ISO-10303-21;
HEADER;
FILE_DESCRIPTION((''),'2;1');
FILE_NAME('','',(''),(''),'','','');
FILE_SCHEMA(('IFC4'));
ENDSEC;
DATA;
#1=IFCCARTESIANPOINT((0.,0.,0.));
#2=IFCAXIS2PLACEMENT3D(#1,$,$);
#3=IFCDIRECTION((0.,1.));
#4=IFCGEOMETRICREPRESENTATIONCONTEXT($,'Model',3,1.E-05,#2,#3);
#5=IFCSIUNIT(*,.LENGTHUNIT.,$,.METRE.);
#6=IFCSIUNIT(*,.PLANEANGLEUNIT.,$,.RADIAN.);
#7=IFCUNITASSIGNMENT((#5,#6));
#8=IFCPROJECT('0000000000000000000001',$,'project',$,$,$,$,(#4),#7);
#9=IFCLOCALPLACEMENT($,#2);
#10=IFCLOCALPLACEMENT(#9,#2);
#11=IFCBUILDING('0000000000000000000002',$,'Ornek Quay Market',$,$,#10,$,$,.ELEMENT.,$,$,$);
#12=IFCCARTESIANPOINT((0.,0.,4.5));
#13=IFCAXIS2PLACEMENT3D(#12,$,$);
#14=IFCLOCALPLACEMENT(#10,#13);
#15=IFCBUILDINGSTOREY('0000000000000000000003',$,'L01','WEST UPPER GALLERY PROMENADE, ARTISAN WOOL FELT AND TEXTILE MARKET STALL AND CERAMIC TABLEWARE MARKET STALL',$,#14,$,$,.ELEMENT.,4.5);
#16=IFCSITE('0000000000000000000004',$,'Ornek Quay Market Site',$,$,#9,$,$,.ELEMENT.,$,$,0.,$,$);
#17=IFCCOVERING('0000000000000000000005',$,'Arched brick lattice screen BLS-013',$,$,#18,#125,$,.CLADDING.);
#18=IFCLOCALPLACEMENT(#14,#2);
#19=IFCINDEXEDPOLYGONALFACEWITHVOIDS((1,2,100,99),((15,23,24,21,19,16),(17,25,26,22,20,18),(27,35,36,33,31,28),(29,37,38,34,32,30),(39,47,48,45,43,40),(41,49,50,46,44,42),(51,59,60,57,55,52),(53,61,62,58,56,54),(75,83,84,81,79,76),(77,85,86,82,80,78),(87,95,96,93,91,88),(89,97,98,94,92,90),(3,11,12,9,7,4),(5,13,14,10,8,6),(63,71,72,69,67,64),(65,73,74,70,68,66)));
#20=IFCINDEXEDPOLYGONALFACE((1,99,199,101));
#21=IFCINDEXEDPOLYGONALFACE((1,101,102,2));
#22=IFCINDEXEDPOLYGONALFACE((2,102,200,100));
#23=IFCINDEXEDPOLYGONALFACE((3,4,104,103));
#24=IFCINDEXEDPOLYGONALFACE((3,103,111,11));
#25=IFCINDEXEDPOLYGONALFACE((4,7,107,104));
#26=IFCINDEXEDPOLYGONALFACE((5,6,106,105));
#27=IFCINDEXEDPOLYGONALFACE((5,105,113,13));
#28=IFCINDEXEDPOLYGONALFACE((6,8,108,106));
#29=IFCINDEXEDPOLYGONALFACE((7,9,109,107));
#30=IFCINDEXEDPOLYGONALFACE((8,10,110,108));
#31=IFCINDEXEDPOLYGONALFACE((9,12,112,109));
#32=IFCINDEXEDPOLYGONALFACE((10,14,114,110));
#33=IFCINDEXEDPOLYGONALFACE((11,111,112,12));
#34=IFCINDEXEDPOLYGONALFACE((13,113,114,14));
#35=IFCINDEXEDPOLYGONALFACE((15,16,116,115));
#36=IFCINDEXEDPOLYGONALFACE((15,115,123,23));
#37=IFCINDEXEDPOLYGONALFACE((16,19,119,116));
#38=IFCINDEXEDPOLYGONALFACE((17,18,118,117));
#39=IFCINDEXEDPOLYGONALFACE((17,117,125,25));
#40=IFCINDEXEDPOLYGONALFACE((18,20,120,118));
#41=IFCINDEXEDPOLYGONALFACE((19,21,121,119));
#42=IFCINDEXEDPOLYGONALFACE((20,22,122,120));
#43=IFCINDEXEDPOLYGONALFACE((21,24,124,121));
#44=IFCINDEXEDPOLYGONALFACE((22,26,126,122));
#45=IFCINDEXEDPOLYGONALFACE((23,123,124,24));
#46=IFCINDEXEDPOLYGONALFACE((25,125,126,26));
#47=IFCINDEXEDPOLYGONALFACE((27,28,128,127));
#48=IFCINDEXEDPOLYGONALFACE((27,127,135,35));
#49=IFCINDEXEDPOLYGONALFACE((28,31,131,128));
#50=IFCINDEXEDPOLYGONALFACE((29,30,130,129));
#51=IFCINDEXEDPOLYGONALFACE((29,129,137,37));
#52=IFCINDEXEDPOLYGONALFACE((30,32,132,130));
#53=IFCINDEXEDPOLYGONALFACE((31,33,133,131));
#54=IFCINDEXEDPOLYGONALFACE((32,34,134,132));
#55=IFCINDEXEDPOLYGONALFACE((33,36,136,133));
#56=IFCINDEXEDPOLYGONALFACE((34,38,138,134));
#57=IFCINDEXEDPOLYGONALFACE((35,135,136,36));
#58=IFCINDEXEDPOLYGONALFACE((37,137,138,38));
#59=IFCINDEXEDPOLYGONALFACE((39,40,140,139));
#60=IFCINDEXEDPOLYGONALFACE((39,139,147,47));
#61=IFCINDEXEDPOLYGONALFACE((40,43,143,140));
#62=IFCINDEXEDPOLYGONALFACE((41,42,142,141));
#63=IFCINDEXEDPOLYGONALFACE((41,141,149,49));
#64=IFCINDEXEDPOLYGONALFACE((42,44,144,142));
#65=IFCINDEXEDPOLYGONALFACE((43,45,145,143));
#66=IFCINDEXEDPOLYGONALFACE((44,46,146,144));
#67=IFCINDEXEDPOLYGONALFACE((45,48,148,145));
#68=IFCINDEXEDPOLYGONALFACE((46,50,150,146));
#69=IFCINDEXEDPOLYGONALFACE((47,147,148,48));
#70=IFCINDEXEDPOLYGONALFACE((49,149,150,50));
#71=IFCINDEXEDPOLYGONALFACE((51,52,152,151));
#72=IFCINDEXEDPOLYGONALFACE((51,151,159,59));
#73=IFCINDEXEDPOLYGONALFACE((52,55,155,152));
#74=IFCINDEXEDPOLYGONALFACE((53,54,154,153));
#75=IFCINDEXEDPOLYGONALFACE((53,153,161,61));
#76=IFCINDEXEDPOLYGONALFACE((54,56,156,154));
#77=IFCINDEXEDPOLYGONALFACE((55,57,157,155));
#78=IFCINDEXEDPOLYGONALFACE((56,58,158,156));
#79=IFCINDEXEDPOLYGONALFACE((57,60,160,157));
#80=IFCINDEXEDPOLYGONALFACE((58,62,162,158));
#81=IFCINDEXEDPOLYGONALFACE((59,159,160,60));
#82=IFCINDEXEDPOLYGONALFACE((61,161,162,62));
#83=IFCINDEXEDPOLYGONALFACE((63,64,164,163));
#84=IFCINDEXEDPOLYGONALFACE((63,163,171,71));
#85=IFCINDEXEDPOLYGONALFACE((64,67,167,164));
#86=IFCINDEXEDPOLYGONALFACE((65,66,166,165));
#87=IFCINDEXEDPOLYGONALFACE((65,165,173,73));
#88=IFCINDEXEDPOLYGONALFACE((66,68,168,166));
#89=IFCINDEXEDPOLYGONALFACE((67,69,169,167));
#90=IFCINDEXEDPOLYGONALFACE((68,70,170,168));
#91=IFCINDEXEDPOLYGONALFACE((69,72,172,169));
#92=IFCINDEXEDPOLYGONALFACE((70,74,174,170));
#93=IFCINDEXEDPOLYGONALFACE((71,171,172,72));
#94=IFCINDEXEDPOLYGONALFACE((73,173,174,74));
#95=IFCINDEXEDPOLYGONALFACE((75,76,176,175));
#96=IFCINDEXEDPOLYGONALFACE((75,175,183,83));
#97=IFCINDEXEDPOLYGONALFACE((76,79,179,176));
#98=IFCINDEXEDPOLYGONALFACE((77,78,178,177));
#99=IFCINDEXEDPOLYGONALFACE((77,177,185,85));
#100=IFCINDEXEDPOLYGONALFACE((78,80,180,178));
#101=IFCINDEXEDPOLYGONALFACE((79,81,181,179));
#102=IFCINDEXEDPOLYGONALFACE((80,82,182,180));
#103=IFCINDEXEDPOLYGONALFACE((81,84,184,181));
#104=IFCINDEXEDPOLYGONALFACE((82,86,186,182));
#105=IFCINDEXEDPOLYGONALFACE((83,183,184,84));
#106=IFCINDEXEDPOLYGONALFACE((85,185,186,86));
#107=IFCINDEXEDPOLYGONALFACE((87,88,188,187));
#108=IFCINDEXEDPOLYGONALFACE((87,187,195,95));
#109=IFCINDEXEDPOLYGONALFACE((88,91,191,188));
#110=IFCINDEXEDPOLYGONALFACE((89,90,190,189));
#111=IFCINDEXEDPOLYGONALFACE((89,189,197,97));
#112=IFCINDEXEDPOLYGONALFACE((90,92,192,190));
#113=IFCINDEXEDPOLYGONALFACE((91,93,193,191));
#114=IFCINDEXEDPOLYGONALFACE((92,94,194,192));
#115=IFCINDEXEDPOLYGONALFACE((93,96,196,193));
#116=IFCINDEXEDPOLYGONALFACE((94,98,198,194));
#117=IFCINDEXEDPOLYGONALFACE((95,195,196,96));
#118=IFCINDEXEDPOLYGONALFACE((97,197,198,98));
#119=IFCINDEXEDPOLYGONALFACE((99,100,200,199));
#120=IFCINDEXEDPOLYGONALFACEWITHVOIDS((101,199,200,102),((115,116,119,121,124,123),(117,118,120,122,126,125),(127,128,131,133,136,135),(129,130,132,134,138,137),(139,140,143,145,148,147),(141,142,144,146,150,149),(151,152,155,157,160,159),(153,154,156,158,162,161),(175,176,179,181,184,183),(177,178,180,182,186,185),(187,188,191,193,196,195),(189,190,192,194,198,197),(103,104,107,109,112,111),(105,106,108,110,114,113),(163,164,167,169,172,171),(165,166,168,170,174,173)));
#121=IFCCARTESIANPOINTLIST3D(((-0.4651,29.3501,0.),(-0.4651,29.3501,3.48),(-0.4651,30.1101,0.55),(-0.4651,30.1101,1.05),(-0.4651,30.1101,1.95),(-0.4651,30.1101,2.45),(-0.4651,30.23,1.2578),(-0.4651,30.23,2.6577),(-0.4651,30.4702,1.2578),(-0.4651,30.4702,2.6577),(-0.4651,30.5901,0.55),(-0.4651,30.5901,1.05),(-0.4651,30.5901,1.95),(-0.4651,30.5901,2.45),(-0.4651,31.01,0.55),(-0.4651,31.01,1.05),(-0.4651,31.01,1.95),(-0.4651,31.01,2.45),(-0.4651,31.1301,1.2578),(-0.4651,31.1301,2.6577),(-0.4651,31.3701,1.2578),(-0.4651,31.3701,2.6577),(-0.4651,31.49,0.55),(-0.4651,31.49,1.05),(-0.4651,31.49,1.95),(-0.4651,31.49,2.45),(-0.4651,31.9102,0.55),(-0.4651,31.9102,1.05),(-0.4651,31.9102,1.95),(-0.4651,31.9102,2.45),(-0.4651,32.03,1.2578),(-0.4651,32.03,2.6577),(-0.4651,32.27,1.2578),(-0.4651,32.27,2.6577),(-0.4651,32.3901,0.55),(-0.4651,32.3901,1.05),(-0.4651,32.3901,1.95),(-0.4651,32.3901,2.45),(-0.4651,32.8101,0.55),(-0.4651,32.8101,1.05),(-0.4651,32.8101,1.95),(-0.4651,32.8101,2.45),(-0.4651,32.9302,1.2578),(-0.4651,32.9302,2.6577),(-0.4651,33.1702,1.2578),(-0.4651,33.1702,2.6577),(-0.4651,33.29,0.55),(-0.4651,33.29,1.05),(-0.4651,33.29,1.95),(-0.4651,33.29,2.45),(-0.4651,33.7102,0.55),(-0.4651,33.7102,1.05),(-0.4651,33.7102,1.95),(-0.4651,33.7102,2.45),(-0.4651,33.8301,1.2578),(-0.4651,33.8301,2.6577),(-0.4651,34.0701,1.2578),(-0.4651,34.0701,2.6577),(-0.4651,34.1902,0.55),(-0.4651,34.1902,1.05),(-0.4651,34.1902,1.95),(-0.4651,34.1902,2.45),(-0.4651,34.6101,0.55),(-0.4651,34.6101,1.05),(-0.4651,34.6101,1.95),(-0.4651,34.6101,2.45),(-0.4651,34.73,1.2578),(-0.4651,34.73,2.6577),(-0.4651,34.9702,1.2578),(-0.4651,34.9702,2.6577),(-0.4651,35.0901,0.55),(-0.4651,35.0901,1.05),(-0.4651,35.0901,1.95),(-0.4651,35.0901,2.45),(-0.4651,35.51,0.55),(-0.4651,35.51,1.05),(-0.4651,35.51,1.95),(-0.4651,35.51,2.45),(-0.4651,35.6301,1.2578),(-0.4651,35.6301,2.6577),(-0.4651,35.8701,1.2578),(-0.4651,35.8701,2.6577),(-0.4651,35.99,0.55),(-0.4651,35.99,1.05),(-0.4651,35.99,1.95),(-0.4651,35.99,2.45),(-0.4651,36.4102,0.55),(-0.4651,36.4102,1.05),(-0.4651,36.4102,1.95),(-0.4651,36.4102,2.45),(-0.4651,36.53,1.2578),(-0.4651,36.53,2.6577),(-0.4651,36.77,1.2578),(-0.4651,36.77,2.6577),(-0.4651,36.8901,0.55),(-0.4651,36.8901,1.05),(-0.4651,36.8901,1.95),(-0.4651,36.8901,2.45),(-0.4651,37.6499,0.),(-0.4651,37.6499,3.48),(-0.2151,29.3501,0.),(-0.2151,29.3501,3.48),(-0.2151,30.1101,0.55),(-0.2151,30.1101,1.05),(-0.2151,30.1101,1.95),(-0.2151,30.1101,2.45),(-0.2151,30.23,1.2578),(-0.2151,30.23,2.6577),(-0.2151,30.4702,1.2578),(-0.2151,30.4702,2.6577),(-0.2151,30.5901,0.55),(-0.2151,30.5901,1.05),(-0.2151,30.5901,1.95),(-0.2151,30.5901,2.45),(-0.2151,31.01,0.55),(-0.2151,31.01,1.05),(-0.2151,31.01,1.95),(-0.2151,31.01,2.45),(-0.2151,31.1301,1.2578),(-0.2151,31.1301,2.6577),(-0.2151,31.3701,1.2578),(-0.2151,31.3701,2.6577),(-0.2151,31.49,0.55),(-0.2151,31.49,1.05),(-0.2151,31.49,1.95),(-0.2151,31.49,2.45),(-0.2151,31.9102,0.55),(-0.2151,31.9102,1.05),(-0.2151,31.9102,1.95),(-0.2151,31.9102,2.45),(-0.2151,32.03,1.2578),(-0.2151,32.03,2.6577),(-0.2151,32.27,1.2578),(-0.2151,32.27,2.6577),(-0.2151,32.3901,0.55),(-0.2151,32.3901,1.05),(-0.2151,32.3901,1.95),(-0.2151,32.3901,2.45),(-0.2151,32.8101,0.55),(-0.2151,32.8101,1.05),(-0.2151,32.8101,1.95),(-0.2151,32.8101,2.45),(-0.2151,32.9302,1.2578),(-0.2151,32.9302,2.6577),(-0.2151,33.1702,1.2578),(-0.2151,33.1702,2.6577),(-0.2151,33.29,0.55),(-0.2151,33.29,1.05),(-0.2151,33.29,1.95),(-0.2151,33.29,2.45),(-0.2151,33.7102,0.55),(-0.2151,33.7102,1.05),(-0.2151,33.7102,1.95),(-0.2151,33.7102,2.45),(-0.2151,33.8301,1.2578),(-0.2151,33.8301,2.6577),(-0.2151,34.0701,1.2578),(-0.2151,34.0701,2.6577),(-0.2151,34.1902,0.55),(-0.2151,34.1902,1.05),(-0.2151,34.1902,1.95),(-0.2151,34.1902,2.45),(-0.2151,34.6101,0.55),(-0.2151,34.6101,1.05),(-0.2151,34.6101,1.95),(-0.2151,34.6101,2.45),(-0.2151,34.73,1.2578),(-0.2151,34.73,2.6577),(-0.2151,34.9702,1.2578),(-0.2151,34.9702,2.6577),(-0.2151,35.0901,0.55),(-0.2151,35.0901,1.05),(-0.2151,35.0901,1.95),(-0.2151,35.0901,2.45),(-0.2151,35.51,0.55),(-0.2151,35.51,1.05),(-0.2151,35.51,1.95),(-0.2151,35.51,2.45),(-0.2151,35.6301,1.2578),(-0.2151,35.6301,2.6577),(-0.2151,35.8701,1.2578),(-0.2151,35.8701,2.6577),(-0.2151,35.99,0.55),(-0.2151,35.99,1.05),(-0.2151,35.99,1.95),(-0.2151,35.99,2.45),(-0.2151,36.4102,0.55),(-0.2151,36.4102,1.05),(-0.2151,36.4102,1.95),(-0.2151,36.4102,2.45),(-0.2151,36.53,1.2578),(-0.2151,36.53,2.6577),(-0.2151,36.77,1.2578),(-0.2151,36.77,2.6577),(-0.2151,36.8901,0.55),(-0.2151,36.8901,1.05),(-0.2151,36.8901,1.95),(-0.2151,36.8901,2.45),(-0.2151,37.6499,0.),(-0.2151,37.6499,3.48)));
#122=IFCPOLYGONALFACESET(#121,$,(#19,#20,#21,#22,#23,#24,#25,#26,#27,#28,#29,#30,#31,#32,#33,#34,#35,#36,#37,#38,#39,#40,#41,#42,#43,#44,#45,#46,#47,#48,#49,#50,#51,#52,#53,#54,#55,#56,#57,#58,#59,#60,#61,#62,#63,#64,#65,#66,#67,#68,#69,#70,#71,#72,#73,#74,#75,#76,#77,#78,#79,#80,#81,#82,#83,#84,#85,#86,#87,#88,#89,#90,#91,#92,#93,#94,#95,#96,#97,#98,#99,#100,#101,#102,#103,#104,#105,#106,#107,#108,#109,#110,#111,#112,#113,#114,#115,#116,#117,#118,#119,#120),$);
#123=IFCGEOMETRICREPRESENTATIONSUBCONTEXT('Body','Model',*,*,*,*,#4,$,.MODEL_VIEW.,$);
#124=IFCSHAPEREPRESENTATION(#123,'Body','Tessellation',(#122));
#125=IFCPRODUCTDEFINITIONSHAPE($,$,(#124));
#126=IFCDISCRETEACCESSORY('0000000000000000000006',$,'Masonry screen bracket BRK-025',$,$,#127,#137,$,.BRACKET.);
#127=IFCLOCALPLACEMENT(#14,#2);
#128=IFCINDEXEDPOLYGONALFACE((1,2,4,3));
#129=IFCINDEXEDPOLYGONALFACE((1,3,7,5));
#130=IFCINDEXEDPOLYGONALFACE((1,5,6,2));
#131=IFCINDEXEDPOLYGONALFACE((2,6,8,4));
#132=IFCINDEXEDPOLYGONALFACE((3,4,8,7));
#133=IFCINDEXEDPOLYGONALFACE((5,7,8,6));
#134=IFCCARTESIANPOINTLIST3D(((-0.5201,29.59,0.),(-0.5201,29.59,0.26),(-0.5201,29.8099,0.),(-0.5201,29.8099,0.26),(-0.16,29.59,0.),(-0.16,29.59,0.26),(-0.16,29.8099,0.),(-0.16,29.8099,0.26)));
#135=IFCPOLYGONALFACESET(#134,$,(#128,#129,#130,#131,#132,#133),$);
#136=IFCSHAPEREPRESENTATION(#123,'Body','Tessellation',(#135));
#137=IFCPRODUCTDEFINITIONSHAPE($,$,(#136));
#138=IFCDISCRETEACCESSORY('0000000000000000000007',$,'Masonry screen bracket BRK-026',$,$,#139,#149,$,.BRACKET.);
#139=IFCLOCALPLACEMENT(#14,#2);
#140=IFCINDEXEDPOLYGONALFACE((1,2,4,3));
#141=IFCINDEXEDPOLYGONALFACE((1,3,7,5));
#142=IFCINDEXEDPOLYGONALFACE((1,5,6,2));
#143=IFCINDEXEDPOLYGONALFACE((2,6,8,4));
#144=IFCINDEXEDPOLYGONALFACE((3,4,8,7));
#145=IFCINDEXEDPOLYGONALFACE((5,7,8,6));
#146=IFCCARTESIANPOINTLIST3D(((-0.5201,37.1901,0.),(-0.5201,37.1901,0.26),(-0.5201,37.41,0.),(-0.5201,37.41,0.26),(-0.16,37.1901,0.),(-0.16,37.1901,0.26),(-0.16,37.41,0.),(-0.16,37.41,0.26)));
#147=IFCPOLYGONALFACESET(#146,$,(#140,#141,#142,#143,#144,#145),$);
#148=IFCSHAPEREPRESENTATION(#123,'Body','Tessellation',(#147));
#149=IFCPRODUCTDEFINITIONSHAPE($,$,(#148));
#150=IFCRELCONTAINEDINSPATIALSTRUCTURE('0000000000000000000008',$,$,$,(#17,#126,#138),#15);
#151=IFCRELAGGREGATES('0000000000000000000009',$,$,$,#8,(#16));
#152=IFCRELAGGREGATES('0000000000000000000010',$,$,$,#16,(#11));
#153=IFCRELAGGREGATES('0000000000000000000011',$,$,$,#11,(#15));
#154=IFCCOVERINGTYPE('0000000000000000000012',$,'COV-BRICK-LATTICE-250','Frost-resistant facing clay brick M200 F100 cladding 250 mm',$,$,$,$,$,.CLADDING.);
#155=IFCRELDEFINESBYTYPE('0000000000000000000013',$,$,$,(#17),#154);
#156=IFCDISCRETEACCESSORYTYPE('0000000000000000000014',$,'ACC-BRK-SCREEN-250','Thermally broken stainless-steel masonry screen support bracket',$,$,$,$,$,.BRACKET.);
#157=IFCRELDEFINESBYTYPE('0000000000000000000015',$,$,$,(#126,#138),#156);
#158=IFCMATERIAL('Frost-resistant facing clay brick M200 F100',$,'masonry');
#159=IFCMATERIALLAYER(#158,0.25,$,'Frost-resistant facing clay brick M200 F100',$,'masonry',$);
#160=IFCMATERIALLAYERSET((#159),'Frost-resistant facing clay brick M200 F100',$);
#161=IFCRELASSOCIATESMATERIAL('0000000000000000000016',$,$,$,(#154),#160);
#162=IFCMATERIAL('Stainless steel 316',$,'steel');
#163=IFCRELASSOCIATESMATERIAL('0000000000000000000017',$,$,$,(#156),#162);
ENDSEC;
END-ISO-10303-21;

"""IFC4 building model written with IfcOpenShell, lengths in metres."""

from ifc_helpers import new_model, si_unit, direction, frame, origin, origin_2d, place, context, subcontext, project, spatial, polyline, rectangle, outline, extrude, material, layer, layer_set, type_object, element, save


model = new_model("IFC4")

# Units and contexts
model_context = context("Model", 3, precision=1e-05, world=origin(), true_north=direction((0.0, 1.0)))
body_context = subcontext(model_context, "Body", "Model", "MODEL_VIEW")
ifc_project = project(units=[si_unit("LENGTHUNIT", "METRE"), si_unit("PLANEANGLEUNIT", "RADIAN")], contexts=[model_context])

# Site, building, storey
site_placement = place(None, origin())
site = spatial("IfcSite", under=ifc_project, at=site_placement, Name="Ornek Quay Market Site", CompositionType="ELEMENT", RefElevation=0.0)
building_placement = place(site_placement, origin())
building = spatial("IfcBuilding", under=site, at=building_placement, Name="Ornek Quay Market", CompositionType="ELEMENT")
storey_placement = place(building_placement, frame((0.0, 0.0, 4.5)))
storey = spatial("IfcBuildingStorey", under=building, at=storey_placement, Name="L01", Description="WEST UPPER GALLERY PROMENADE, ARTISAN WOOL FELT AND TEXTILE MARKET STALL AND CERAMIC TABLEWARE MARKET STALL", CompositionType="ELEMENT", Elevation=4.5)

# Covering
ifc_material_1 = material(Name="Frost-resistant facing clay brick M200 F100", Category="masonry")
ifc_layer_1 = layer(ifc_material_1, 0.25, Name="Frost-resistant facing clay brick M200 F100", Category="masonry")
ifc_layer_set_1 = layer_set([ifc_layer_1], Name="Frost-resistant facing clay brick M200 F100")
covering_type = type_object("IfcCoveringType", Name="COV-BRICK-LATTICE-250", Description="Frost-resistant facing clay brick M200 F100 cladding 250 mm", PredefinedType="CLADDING", material=ifc_layer_set_1)
covering_placement = place(storey_placement, frame((-0.3401, 29.3501, 0.0), z_axis=(0.0, 0.0, 1.0), x_axis=(0.0, 1.0, 0.0)))
element("IfcCovering", 1, at=covering_placement, inside=storey, type_object=covering_type, Name="Arched brick lattice screen BLS-013", PredefinedType="CLADDING", context=body_context, shape_type="SweptSolid", body=[
    extrude(outline(polyline([(0.0, 0.0), (8.2998, 0.0), (8.2998, 3.48), (0.0, 3.48), (0.0, 0.0)]), holes=[polyline([(0.76, 0.55), (1.24, 0.55), (1.24, 1.05), (1.1201, 1.2578), (0.8799, 1.2578), (0.76, 1.05), (0.76, 0.55)]), polyline([(0.76, 1.95), (1.24, 1.95), (1.24, 2.45), (1.1201, 2.6577), (0.8799, 2.6577), (0.76, 2.45), (0.76, 1.95)]), polyline([(1.6599, 0.55), (2.1399, 0.55), (2.1399, 1.05), (2.02, 1.2578), (1.78, 1.2578), (1.6599, 1.05), (1.6599, 0.55)]), polyline([(1.6599, 1.95), (2.1399, 1.95), (2.1399, 2.45), (2.02, 2.6577), (1.78, 2.6577), (1.6599, 2.45), (1.6599, 1.95)]), polyline([(2.5601, 0.55), (3.04, 0.55), (3.04, 1.05), (2.9199, 1.2578), (2.6799, 1.2578), (2.5601, 1.05), (2.5601, 0.55)]), polyline([(2.5601, 1.95), (3.04, 1.95), (3.04, 2.45), (2.9199, 2.6577), (2.6799, 2.6577), (2.5601, 2.45), (2.5601, 1.95)]), polyline([(3.46, 0.55), (3.9399, 0.55), (3.9399, 1.05), (3.8201, 1.2578), (3.5801, 1.2578), (3.46, 1.05), (3.46, 0.55)]), polyline([(3.46, 1.95), (3.9399, 1.95), (3.9399, 2.45), (3.8201, 2.6577), (3.5801, 2.6577), (3.46, 2.45), (3.46, 1.95)]), polyline([(4.3601, 0.55), (4.8401, 0.55), (4.8401, 1.05), (4.72, 1.2578), (4.48, 1.2578), (4.3601, 1.05), (4.3601, 0.55)]), polyline([(4.3601, 1.95), (4.8401, 1.95), (4.8401, 2.45), (4.72, 2.6577), (4.48, 2.6577), (4.3601, 2.45), (4.3601, 1.95)]), polyline([(5.26, 0.55), (5.74, 0.55), (5.74, 1.05), (5.6201, 1.2578), (5.3799, 1.2578), (5.26, 1.05), (5.26, 0.55)]), polyline([(5.26, 1.95), (5.74, 1.95), (5.74, 2.45), (5.6201, 2.6577), (5.3799, 2.6577), (5.26, 2.45), (5.26, 1.95)]), polyline([(6.1599, 0.55), (6.6399, 0.55), (6.6399, 1.05), (6.52, 1.2578), (6.28, 1.2578), (6.1599, 1.05), (6.1599, 0.55)]), polyline([(6.1599, 1.95), (6.6399, 1.95), (6.6399, 2.45), (6.52, 2.6577), (6.28, 2.6577), (6.1599, 2.45), (6.1599, 1.95)]), polyline([(7.0601, 0.55), (7.54, 0.55), (7.54, 1.05), (7.4199, 1.2578), (7.1799, 1.2578), (7.0601, 1.05), (7.0601, 0.55)]), polyline([(7.0601, 1.95), (7.54, 1.95), (7.54, 2.45), (7.4199, 2.6577), (7.1799, 2.6577), (7.0601, 2.45), (7.0601, 1.95)])]), frame((0.0, 0.125, 0.0), z_axis=(0.0, -1.0, 0.0), x_axis=(1.0, 0.0, 0.0)), (0.0, 0.0, 1.0), 0.25),
])

# Discrete accessories
ifc_material_2 = material(Name="Stainless steel 316", Category="steel")
discrete_accessory_type = type_object("IfcDiscreteAccessoryType", Name="ACC-BRK-SCREEN-250", Description="Thermally broken stainless-steel masonry screen support bracket", PredefinedType="BRACKET", material=ifc_material_2)
for number, where, z_axis, x_axis, name in (
    (2, (-0.3401, 29.7, 0.0), (0.0, 0.0, 1.0), (0.0, 1.0, 0.0), "Masonry screen bracket BRK-025"),
    (3, (-0.3401, 37.3, 0.0), (0.0, 0.0, 1.0), (0.0, 1.0, 0.0), "Masonry screen bracket BRK-026"),
):
    element("IfcDiscreteAccessory", number, at=place(storey_placement, frame(where, z_axis=z_axis, x_axis=x_axis)), inside=storey, type_object=discrete_accessory_type, Name=name, PredefinedType="BRACKET", context=body_context, shape_type="SweptSolid", body=[
        extrude(rectangle(XDim=0.22, YDim=0.3601, at=origin_2d()), origin(), (0.0, 0.0, 1.0), 0.26),
    ])

save(model, "model.ifc")
